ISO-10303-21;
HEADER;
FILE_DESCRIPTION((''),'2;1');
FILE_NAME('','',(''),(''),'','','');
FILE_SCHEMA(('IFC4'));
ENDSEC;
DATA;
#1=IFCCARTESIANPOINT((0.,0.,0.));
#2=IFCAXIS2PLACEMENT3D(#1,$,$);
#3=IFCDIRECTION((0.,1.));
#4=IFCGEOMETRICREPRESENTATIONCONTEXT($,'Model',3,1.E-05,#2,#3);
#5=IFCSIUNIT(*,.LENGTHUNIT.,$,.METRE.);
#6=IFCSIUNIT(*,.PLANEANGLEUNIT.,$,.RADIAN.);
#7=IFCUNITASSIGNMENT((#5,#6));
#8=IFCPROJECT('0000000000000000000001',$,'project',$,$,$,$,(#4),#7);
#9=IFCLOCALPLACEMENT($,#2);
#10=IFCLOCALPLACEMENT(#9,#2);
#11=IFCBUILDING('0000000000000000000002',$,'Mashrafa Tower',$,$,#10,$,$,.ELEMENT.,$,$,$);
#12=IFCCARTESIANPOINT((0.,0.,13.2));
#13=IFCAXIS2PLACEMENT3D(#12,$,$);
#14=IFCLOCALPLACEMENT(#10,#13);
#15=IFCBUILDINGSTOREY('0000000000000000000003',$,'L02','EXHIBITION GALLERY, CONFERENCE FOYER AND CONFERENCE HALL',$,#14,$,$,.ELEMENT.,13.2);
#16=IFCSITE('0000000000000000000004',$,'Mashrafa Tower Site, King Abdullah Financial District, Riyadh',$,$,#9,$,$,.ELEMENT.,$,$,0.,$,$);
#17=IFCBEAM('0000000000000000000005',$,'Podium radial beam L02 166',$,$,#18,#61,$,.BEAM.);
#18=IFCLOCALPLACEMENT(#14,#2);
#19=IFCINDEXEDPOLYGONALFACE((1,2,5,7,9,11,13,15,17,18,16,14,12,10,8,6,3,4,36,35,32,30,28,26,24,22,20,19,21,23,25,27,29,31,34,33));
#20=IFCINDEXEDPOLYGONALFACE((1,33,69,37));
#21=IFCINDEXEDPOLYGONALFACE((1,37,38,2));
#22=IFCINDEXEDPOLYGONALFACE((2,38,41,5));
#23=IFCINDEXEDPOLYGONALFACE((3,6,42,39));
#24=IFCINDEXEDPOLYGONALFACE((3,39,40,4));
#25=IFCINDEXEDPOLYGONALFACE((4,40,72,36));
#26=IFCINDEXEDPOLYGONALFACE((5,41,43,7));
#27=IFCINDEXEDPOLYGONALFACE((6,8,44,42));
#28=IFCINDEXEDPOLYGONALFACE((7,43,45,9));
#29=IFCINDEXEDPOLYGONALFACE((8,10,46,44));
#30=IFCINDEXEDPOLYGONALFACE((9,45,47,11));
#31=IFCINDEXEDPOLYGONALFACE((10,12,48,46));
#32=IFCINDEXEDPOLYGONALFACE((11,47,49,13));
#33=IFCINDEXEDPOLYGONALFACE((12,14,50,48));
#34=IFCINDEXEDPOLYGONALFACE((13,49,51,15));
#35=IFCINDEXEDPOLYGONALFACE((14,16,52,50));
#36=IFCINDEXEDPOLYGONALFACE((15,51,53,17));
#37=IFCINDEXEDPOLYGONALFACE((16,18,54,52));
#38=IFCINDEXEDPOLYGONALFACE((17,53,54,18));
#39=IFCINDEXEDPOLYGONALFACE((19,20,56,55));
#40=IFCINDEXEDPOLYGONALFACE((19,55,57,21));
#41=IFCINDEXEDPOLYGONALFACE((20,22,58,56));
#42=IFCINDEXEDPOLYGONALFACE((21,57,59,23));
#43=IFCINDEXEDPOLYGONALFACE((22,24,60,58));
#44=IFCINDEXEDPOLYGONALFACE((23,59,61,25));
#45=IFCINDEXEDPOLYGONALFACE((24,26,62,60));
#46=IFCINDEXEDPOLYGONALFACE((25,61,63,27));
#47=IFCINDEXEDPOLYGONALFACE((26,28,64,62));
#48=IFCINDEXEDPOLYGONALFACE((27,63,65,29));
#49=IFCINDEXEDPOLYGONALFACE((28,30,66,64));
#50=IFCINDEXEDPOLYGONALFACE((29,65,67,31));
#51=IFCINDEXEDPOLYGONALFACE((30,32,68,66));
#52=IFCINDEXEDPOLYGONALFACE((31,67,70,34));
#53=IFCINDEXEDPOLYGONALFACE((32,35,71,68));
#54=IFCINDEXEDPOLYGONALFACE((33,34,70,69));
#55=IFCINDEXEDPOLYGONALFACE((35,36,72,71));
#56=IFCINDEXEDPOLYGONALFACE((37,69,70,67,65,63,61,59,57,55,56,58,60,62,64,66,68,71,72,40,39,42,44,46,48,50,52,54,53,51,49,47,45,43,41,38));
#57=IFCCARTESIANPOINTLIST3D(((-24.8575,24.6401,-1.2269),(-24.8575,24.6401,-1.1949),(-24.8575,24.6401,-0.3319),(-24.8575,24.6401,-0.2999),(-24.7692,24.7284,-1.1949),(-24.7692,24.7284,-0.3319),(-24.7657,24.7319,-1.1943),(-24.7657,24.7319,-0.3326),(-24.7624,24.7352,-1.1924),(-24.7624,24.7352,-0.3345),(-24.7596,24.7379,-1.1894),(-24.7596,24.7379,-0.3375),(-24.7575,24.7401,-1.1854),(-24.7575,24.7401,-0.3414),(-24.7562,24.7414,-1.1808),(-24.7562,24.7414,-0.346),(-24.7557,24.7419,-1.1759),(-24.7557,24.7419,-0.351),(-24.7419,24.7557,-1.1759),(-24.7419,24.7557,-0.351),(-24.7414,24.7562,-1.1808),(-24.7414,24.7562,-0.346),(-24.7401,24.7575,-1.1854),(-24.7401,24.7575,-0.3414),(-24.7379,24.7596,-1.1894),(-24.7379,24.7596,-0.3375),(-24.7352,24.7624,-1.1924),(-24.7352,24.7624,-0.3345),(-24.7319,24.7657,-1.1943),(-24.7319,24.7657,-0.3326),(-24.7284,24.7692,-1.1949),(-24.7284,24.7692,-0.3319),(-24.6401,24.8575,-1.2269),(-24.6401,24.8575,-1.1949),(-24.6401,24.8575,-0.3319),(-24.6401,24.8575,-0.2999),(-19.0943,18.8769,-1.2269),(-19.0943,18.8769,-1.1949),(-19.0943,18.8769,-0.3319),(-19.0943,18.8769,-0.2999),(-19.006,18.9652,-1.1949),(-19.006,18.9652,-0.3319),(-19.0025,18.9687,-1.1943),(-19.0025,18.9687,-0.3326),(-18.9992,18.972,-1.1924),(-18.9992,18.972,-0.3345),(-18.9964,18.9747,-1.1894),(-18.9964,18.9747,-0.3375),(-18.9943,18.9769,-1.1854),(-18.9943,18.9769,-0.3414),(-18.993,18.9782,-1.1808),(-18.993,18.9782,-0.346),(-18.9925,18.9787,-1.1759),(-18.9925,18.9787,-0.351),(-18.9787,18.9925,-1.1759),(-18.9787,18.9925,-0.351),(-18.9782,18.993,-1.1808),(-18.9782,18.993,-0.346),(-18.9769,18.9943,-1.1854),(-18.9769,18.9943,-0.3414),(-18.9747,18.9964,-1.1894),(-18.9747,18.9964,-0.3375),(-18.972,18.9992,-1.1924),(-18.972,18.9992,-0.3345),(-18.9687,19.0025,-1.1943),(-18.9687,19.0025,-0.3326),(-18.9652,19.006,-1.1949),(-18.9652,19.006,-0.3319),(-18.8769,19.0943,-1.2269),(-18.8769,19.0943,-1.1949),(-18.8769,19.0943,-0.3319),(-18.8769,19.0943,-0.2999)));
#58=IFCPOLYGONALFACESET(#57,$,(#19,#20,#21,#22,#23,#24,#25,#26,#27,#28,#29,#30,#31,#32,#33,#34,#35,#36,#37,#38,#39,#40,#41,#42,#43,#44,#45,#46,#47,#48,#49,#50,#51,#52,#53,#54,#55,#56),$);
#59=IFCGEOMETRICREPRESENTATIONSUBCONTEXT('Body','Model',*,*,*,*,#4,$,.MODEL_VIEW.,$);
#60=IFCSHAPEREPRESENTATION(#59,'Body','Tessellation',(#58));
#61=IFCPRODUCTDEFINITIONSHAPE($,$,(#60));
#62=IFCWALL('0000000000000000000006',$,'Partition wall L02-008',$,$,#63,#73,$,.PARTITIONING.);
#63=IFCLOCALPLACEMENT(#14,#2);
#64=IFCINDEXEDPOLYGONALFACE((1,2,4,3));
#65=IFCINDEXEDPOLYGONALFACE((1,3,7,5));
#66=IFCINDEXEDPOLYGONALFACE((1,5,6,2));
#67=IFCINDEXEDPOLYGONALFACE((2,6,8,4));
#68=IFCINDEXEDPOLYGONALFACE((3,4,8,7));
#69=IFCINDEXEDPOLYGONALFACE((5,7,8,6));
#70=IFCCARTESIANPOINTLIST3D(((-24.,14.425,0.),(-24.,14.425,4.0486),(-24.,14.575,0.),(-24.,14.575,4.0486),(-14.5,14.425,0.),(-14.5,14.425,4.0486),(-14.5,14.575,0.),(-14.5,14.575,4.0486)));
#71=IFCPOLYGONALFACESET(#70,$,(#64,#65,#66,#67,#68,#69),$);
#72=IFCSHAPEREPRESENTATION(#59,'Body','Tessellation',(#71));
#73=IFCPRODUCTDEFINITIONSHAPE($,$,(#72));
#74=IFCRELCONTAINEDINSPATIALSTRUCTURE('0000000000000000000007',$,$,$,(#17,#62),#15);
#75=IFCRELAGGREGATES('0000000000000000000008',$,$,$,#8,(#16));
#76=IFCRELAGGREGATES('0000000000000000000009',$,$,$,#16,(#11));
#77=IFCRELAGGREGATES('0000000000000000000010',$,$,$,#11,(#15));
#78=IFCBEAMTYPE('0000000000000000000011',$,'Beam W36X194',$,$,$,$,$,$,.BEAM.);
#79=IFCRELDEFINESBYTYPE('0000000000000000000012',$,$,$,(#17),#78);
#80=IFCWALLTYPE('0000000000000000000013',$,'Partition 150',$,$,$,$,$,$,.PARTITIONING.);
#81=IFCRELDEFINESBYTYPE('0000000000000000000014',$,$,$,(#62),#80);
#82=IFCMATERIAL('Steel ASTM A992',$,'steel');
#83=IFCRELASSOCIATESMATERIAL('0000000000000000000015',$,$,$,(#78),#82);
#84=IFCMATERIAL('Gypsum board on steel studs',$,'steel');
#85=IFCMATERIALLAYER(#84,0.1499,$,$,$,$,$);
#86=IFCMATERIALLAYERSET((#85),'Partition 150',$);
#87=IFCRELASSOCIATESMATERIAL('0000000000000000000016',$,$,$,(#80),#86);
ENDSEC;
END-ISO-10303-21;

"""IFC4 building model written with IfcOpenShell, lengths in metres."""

from ifc_helpers import new_model, si_unit, direction, frame, frame_2d, origin, origin_2d, place, context, subcontext, project, spatial, rectangle, i_section, extrude, material, layer, layer_set, material_profile, profile_set, type_object, element, save


model = new_model("IFC4")

# Units and contexts
model_context = context("Model", 3, precision=1e-05, world=origin(), true_north=direction((0.0, 1.0)))
body_context = subcontext(model_context, "Body", "Model", "MODEL_VIEW")
ifc_project = project(units=[si_unit("LENGTHUNIT", "METRE"), si_unit("PLANEANGLEUNIT", "RADIAN")], contexts=[model_context])

# Site, building, storey
site_placement = place(None, origin())
site = spatial("IfcSite", under=ifc_project, at=site_placement, Name="Mashrafa Tower Site, King Abdullah Financial District, Riyadh", CompositionType="ELEMENT", RefElevation=0.0)
building_placement = place(site_placement, origin())
building = spatial("IfcBuilding", under=site, at=building_placement, Name="Mashrafa Tower", CompositionType="ELEMENT")
storey_placement = place(building_placement, frame((0.0, 0.0, 13.2)))
storey = spatial("IfcBuildingStorey", under=building, at=storey_placement, Name="L02", Description="EXHIBITION GALLERY, CONFERENCE FOYER AND CONFERENCE HALL", CompositionType="ELEMENT", Elevation=13.2)

# Beam
ifc_material_1 = material(Name="Steel ASTM A992", Category="steel")
ifc_material_profile_1 = material_profile(ifc_material_1, i_section(OverallWidth=0.3074, OverallDepth=0.927, WebThickness=0.0195, FlangeThickness=0.032, FilletRadius=0.019, at=origin_2d()), Name="W36X194")
ifc_profile_set_1 = profile_set([ifc_material_profile_1], Name="Steel ASTM A992")
beam_type_1 = type_object("IfcBeamType", Name="Beam W36X194", PredefinedType="BEAM", material=ifc_profile_set_1)
beam_1_placement = place(storey_placement, frame((-18.9856, 18.9856, -0.7634), z_axis=(-0.707107, 0.707107, 0.0), x_axis=(-0.707107, -0.707107, 0.0)))
element("IfcBeam", 1, at=beam_1_placement, inside=storey, type_object=beam_type_1, Name="Podium radial beam L02 166", PredefinedType="BEAM", context=body_context, shape_type="SweptSolid", body=[
    extrude(i_section(OverallWidth=0.3074, OverallDepth=0.927, WebThickness=0.0195, FlangeThickness=0.032, FilletRadius=0.019, at=origin_2d()), origin(), (0.0, 0.0, 1.0), 8.1504),
])

# Wall
ifc_material_2 = material(Name="Gypsum board on steel studs", Category="steel")
ifc_layer_1 = layer(ifc_material_2, 0.1499)
ifc_layer_set_1 = layer_set([ifc_layer_1], Name="Partition 150")
wall_type_1 = type_object("IfcWallType", Name="Partition 150", PredefinedType="PARTITIONING", material=ifc_layer_set_1)
wall_1_placement = place(storey_placement, frame((-14.5, 14.5, 0.0), z_axis=(0.0, 0.0, 1.0), x_axis=(-1.0, 0.0, 0.0)))
element("IfcWall", 2, at=wall_1_placement, inside=storey, type_object=wall_type_1, Name="Partition wall L02-008", PredefinedType="PARTITIONING", context=body_context, shape_type="SweptSolid", body=[
    extrude(rectangle(XDim=9.5, YDim=0.1499, at=frame_2d((4.75, 0.0))), origin(), (0.0, 0.0, 1.0), 4.0486),
])

save(model, "model.ifc")
